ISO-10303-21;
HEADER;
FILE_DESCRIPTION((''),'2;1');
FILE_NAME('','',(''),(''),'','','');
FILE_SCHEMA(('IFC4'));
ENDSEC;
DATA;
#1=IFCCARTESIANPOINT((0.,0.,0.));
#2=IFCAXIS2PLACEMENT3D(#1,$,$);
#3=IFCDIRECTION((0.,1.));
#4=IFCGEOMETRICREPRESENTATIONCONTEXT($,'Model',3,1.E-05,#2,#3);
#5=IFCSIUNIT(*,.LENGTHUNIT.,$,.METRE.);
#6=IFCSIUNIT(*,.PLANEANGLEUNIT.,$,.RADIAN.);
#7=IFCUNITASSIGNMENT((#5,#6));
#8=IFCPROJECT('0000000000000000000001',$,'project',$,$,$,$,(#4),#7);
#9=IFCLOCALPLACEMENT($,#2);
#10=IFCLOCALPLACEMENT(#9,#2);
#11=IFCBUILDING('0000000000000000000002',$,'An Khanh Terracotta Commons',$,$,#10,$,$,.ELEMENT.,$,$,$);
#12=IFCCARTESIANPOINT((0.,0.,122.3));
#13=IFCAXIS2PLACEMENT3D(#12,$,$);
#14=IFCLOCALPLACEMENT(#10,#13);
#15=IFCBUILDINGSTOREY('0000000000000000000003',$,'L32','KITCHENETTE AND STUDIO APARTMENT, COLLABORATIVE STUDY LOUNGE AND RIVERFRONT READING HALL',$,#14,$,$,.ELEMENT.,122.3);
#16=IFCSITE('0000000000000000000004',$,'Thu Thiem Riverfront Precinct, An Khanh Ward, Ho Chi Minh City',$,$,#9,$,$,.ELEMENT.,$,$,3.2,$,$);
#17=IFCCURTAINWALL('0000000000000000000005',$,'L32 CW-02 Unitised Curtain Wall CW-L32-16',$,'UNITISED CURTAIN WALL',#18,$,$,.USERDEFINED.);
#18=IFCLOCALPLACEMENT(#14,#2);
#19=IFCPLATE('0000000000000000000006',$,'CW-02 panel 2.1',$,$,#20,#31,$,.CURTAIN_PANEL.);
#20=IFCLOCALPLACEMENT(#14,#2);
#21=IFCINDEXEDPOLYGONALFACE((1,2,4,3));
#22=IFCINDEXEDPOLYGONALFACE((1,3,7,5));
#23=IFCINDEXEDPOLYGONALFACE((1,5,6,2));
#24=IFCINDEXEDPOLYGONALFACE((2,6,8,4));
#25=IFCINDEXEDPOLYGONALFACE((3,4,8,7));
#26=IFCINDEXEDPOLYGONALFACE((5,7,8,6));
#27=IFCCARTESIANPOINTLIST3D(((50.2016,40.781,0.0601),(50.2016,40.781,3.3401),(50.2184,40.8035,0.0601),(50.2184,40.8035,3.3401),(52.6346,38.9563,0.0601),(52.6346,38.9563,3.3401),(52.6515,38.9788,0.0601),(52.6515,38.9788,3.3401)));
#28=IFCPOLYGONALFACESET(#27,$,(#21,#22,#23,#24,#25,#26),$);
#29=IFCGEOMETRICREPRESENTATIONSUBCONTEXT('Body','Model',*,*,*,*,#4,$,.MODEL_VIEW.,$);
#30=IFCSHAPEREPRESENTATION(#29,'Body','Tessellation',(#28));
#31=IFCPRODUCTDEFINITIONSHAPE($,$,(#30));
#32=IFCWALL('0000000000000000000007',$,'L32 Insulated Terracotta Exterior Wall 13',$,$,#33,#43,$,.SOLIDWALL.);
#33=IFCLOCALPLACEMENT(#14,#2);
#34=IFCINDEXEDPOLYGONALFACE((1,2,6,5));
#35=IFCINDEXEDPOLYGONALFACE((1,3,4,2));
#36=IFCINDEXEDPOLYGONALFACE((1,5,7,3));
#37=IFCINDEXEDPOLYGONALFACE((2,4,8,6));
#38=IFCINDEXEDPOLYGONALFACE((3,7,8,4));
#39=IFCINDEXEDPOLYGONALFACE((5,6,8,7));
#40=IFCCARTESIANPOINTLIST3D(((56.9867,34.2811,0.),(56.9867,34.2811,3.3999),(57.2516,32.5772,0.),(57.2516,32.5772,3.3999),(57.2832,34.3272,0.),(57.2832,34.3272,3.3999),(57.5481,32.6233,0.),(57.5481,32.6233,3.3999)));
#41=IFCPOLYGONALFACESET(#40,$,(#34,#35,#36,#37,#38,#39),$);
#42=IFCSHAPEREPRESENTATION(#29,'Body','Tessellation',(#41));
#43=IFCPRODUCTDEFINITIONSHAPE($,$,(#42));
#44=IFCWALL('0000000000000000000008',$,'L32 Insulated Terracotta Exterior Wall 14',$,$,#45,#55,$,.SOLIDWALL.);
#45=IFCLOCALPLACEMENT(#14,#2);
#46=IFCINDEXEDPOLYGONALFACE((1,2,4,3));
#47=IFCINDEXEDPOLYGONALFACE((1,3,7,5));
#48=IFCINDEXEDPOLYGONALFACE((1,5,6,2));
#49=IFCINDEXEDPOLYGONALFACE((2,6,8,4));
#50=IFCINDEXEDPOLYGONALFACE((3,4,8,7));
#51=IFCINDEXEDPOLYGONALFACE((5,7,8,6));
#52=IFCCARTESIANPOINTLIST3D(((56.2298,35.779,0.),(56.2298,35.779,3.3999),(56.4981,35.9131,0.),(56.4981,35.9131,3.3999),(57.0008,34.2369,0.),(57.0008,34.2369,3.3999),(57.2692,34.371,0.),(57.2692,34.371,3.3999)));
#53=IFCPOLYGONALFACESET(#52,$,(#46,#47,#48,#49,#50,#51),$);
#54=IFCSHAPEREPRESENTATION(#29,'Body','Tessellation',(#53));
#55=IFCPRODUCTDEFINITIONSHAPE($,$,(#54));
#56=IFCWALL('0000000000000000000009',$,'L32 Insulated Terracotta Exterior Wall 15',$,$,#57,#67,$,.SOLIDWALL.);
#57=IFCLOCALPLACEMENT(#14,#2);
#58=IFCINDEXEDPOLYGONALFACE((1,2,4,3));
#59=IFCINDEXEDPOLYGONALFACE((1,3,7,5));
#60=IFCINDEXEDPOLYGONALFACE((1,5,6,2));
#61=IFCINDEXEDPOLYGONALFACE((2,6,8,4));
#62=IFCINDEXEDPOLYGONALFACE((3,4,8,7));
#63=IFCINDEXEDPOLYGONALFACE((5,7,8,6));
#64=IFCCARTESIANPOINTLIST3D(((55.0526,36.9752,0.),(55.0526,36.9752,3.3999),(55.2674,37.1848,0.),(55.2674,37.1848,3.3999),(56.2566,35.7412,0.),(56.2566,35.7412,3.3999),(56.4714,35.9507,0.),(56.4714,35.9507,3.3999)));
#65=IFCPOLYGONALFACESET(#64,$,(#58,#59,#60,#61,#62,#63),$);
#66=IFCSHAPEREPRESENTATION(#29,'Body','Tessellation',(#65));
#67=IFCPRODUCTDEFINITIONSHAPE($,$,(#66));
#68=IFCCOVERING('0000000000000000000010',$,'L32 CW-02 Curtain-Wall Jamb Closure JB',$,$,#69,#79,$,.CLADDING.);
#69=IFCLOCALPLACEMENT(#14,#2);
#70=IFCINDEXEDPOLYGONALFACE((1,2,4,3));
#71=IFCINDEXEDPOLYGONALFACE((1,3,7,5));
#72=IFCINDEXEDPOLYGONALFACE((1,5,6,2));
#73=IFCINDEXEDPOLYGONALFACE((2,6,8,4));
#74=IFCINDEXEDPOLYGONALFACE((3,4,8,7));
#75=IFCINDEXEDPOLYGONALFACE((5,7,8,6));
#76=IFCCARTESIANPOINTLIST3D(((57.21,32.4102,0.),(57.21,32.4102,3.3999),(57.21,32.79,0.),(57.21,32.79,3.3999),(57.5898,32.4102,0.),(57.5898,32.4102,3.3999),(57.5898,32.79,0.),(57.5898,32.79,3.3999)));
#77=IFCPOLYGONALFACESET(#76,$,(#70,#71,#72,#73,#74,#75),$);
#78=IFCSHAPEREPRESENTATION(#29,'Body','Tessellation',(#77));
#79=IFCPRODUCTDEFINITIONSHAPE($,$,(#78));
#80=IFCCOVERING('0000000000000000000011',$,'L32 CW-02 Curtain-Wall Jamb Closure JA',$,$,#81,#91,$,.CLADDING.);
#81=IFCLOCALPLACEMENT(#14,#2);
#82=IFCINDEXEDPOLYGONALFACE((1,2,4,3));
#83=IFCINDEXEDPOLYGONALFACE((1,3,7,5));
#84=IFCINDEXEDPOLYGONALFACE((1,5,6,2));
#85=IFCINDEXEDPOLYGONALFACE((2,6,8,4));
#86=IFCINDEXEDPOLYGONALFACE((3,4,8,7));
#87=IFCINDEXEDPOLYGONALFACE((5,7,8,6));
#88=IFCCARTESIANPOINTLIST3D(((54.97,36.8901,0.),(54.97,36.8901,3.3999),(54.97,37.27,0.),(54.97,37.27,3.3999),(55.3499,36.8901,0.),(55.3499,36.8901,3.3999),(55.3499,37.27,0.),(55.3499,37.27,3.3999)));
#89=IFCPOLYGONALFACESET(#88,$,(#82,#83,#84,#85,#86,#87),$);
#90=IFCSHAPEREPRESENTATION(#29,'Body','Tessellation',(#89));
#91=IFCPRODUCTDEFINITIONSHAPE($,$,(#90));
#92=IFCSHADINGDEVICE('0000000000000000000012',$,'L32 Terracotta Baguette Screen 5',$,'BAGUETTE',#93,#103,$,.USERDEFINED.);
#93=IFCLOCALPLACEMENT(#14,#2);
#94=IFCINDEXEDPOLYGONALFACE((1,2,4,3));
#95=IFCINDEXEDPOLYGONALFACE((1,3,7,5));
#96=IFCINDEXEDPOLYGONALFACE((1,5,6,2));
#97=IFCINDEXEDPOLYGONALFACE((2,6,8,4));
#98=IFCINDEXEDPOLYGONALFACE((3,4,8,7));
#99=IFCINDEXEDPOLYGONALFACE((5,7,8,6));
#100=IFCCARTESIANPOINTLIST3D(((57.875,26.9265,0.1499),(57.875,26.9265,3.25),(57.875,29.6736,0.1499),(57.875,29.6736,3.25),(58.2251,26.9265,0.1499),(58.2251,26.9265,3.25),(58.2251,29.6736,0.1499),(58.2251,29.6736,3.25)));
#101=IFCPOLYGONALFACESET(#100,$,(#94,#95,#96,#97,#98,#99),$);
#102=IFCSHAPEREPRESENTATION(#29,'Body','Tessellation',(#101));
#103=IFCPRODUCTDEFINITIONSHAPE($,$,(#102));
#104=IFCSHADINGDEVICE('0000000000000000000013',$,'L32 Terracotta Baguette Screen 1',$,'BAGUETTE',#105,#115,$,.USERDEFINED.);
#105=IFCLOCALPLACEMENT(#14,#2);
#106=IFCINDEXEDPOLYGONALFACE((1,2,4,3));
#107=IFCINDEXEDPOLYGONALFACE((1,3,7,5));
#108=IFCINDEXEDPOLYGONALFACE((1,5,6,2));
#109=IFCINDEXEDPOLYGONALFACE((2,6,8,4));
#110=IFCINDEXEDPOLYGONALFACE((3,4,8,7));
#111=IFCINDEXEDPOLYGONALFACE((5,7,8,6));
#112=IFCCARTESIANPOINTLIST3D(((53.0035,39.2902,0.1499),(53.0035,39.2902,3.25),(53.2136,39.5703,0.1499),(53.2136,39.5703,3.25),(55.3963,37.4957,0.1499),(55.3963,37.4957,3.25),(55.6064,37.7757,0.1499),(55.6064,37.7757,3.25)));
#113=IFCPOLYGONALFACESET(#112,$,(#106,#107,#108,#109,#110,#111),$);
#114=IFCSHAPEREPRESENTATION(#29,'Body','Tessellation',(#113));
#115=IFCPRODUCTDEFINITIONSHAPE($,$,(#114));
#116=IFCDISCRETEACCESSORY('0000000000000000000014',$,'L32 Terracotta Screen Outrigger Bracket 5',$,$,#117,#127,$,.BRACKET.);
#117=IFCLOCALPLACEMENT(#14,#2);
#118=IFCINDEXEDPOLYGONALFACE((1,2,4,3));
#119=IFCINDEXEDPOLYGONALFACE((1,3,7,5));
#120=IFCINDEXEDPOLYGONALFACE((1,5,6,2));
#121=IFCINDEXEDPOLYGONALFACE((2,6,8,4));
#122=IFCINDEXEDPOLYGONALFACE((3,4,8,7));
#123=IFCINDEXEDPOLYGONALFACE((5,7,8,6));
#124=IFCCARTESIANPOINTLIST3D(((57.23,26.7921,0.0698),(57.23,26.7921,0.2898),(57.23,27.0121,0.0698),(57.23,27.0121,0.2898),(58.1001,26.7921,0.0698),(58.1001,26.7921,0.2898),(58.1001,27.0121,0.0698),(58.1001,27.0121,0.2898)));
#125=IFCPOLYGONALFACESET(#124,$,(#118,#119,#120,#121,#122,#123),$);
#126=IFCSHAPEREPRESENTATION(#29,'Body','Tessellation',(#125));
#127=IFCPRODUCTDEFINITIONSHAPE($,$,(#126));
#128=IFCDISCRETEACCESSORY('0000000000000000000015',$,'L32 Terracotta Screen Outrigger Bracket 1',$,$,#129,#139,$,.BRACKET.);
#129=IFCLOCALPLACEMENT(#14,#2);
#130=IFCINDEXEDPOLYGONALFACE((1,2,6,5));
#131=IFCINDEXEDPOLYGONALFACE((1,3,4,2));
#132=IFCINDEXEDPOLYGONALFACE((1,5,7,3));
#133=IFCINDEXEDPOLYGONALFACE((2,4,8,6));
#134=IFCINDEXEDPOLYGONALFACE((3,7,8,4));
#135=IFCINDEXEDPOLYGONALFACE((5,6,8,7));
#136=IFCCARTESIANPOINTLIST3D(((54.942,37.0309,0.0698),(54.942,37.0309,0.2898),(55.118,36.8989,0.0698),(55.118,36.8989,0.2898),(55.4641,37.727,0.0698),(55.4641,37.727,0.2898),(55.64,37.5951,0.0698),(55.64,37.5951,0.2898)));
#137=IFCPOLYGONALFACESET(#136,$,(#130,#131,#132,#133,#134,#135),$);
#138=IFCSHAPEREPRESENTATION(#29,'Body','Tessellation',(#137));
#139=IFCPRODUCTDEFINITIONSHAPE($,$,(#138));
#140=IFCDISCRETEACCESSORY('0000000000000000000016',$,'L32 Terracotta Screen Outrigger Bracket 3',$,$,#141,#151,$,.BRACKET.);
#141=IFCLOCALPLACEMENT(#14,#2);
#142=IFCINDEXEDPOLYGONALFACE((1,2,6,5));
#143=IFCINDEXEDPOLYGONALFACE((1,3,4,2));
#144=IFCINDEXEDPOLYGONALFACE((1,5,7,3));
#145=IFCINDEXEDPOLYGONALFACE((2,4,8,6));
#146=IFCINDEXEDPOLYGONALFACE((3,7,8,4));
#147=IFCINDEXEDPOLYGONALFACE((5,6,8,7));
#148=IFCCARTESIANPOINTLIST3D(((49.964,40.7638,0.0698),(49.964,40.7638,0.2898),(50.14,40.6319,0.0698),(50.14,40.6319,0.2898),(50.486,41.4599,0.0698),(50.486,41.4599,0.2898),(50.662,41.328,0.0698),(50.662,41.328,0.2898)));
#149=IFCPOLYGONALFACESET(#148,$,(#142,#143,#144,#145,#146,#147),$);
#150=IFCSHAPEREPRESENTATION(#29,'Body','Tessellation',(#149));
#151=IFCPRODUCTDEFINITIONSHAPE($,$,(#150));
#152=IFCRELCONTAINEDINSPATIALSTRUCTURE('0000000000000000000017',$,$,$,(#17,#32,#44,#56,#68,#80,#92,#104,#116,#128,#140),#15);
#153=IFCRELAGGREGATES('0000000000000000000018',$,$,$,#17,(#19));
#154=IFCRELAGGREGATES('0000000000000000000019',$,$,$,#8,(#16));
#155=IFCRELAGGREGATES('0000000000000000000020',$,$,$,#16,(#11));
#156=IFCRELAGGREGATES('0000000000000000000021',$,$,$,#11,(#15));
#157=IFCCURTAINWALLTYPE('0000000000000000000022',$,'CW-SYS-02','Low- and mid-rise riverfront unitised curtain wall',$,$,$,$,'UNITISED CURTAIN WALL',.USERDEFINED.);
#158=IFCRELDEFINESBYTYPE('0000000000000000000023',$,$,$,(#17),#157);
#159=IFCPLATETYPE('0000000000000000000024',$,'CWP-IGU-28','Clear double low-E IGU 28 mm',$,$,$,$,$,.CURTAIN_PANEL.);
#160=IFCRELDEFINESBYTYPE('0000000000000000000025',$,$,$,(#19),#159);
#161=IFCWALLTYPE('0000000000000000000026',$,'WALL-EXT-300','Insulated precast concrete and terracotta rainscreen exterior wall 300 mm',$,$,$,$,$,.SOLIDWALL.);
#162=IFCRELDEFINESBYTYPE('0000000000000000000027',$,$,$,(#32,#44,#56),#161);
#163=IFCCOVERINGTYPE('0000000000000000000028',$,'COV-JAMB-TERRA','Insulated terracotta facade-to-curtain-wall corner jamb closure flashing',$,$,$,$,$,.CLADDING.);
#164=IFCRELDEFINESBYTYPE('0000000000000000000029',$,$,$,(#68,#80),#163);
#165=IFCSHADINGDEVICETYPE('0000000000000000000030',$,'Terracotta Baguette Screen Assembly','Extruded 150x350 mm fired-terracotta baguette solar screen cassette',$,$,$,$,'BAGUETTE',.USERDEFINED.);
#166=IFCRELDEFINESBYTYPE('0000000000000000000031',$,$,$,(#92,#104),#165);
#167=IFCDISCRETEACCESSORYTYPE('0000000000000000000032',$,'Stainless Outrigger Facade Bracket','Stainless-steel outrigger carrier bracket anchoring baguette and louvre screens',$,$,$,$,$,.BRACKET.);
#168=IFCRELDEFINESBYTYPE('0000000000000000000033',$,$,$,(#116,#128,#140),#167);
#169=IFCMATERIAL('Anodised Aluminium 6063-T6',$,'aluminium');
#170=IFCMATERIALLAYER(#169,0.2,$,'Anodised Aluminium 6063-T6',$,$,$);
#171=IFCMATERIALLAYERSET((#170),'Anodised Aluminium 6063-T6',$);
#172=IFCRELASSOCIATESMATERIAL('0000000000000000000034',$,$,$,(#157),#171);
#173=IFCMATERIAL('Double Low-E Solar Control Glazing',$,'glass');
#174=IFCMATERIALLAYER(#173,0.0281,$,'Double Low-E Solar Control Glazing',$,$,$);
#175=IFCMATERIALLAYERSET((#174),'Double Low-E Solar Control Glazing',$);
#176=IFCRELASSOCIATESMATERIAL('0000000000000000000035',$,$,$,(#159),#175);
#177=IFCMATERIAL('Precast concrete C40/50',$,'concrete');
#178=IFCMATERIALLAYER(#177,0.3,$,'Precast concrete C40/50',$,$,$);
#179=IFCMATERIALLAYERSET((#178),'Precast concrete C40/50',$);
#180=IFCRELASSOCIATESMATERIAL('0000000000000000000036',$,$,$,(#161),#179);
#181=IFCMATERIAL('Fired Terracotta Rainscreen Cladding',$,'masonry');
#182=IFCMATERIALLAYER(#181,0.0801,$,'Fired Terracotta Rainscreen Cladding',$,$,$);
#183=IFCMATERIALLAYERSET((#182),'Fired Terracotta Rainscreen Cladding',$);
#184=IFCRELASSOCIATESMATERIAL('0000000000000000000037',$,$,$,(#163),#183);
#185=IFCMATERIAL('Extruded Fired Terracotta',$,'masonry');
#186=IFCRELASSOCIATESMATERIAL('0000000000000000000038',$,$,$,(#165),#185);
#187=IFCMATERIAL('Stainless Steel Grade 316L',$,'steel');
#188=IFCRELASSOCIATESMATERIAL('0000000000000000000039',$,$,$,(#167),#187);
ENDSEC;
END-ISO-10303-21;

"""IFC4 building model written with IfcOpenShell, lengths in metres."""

from ifc_helpers import new_model, si_unit, direction, frame, frame_2d, origin, origin_2d, place, context, subcontext, project, spatial, rectangle, extrude, material, layer, layer_set, type_object, element, aggregate, save


model = new_model("IFC4")

# Units and contexts
model_context = context("Model", 3, precision=1e-05, world=origin(), true_north=direction((0.0, 1.0)))
body_context = subcontext(model_context, "Body", "Model", "MODEL_VIEW")
ifc_project = project(units=[si_unit("LENGTHUNIT", "METRE"), si_unit("PLANEANGLEUNIT", "RADIAN")], contexts=[model_context])

# Site, building, storey
site_placement = place(None, origin())
site = spatial("IfcSite", under=ifc_project, at=site_placement, Name="Thu Thiem Riverfront Precinct, An Khanh Ward, Ho Chi Minh City", CompositionType="ELEMENT", RefElevation=3.2)
building_placement = place(site_placement, origin())
building = spatial("IfcBuilding", under=site, at=building_placement, Name="An Khanh Terracotta Commons", CompositionType="ELEMENT")
storey_placement = place(building_placement, frame((0.0, 0.0, 122.3)))
storey = spatial("IfcBuildingStorey", under=building, at=storey_placement, Name="L32", Description="KITCHENETTE AND STUDIO APARTMENT, COLLABORATIVE STUDY LOUNGE AND RIVERFRONT READING HALL", CompositionType="ELEMENT", Elevation=122.3)

# Curtain wall
ifc_material_1 = material(Name="Anodised Aluminium 6063-T6", Category="aluminium")
ifc_layer_1 = layer(ifc_material_1, 0.2, Name="Anodised Aluminium 6063-T6")
ifc_layer_set_1 = layer_set([ifc_layer_1], Name="Anodised Aluminium 6063-T6")
curtain_wall_type = type_object("IfcCurtainWallType", Name="CW-SYS-02", Description="Low- and mid-rise riverfront unitised curtain wall", ElementType="UNITISED CURTAIN WALL", PredefinedType="USERDEFINED", material=ifc_layer_set_1)
curtain_wall_1_placement = place(storey_placement, origin())
curtain_wall_1 = element("IfcCurtainWall", 1, at=curtain_wall_1_placement, inside=storey, type_object=curtain_wall_type, Name="L32 CW-02 Unitised Curtain Wall CW-L32-16", ObjectType="UNITISED CURTAIN WALL", PredefinedType="USERDEFINED")

# Plate
ifc_material_2 = material(Name="Double Low-E Solar Control Glazing", Category="glass")
ifc_layer_2 = layer(ifc_material_2, 0.0281, Name="Double Low-E Solar Control Glazing")
ifc_layer_set_2 = layer_set([ifc_layer_2], Name="Double Low-E Solar Control Glazing")
plate_type = type_object("IfcPlateType", Name="CWP-IGU-28", Description="Clear double low-E IGU 28 mm", PredefinedType="CURTAIN_PANEL", material=ifc_layer_set_2)
plate_1_placement = place(storey_placement, frame((51.4265, 39.8799, 0.0601), z_axis=(0.0, 0.0, 1.0), x_axis=(-0.800013, 0.599983, 0.0)))
plate_1 = element("IfcPlate", 2, at=plate_1_placement, type_object=plate_type, Name="CW-02 panel 2.1", PredefinedType="CURTAIN_PANEL", context=body_context, shape_type="SweptSolid", body=[
    extrude(rectangle(XDim=3.0413, YDim=0.0281, at=origin_2d()), origin(), (0.0, 0.0, 1.0), 3.28),
])
aggregate(curtain_wall_1, [plate_1])

# Walls
ifc_material_3 = material(Name="Precast concrete C40/50", Category="concrete")
ifc_layer_3 = layer(ifc_material_3, 0.3, Name="Precast concrete C40/50")
ifc_layer_set_3 = layer_set([ifc_layer_3], Name="Precast concrete C40/50")
wall_type = type_object("IfcWallType", Name="WALL-EXT-300", Description="Insulated precast concrete and terracotta rainscreen exterior wall 300 mm", PredefinedType="SOLIDWALL", material=ifc_layer_set_3)
wall_placement = place(storey_placement, frame((57.3999, 32.6001, 0.0), z_axis=(0.0, 0.0, 1.0), x_axis=(-0.153621, 0.98813, 0.0)))
element("IfcWall", 3, at=wall_placement, inside=storey, type_object=wall_type, Name="L32 Insulated Terracotta Exterior Wall 13", PredefinedType="SOLIDWALL", context=body_context, shape_type="SweptSolid", body=[
    extrude(rectangle(XDim=1.7244, YDim=0.3, at=frame_2d((0.8623, 0.0))), origin(), (0.0, 0.0, 1.0), 3.3999),
])
for number, where, z_axis, x_axis, name in (
    (4, (57.135, 34.304, 0.0), (0.0, 0.0, 1.0), (-0.447214, 0.894427, 0.0), "L32 Insulated Terracotta Exterior Wall 14"),
    (5, (56.364, 35.8459, 0.0), (0.0, 0.0, 1.0), (-0.698345, 0.715761, 0.0), "L32 Insulated Terracotta Exterior Wall 15"),
):
    element("IfcWall", number, at=place(storey_placement, frame(where, z_axis=z_axis, x_axis=x_axis)), inside=storey, type_object=wall_type, Name=name, PredefinedType="SOLIDWALL", context=body_context, shape_type="SweptSolid", body=[
        extrude(rectangle(XDim=1.7241, YDim=0.3, at=frame_2d((0.8621, 0.0))), origin(), (0.0, 0.0, 1.0), 3.3999),
    ])

# Coverings
ifc_material_4 = material(Name="Fired Terracotta Rainscreen Cladding", Category="masonry")
ifc_layer_4 = layer(ifc_material_4, 0.0801, Name="Fired Terracotta Rainscreen Cladding")
ifc_layer_set_4 = layer_set([ifc_layer_4], Name="Fired Terracotta Rainscreen Cladding")
covering_type = type_object("IfcCoveringType", Name="COV-JAMB-TERRA", Description="Insulated terracotta facade-to-curtain-wall corner jamb closure flashing", PredefinedType="CLADDING", material=ifc_layer_set_4)
for number, where, z_axis, x_axis, name in (
    (6, (57.3999, 32.6001, 0.0), (0.0, 0.0, 1.0), (1.0, 0.0, 0.0), "L32 CW-02 Curtain-Wall Jamb Closure JB"),
    (7, (55.1599, 37.0801, 0.0), (0.0, 0.0, 1.0), (1.0, 0.0, 0.0), "L32 CW-02 Curtain-Wall Jamb Closure JA"),
):
    element("IfcCovering", number, at=place(storey_placement, frame(where, z_axis=z_axis, x_axis=x_axis)), inside=storey, type_object=covering_type, Name=name, PredefinedType="CLADDING", context=body_context, shape_type="SweptSolid", body=[
        extrude(rectangle(XDim=0.3799, YDim=0.3799, at=origin_2d()), origin(), (0.0, 0.0, 1.0), 3.3999),
    ])

# Shading devices
ifc_material_5 = material(Name="Extruded Fired Terracotta", Category="masonry")
shading_device_type = type_object("IfcShadingDeviceType", Name="Terracotta Baguette Screen Assembly", Description="Extruded 150x350 mm fired-terracotta baguette solar screen cassette", ElementType="BAGUETTE", PredefinedType="USERDEFINED", material=ifc_material_5)
shading_device_1_placement = place(storey_placement, frame((58.05, 28.3, 0.1499), z_axis=(0.0, 0.0, 1.0), x_axis=(0.0, 1.0, 0.0)))
element("IfcShadingDevice", 8, at=shading_device_1_placement, inside=storey, type_object=shading_device_type, Name="L32 Terracotta Baguette Screen 5", ObjectType="BAGUETTE", PredefinedType="USERDEFINED", context=body_context, shape_type="SweptSolid", body=[
    extrude(rectangle(XDim=2.7471, YDim=0.3501, at=origin_2d()), origin(), (0.0, 0.0, 1.0), 3.1001),
])
shading_device_2_placement = place(storey_placement, frame((54.3049, 38.533, 0.1499), z_axis=(0.0, 0.0, 1.0), x_axis=(-0.800013, 0.599983, 0.0)))
element("IfcShadingDevice", 9, at=shading_device_2_placement, inside=storey, type_object=shading_device_type, Name="L32 Terracotta Baguette Screen 1", ObjectType="BAGUETTE", PredefinedType="USERDEFINED", context=body_context, shape_type="SweptSolid", body=[
    extrude(rectangle(XDim=2.991, YDim=0.3501, at=origin_2d()), origin(), (0.0, 0.0, 1.0), 3.1001),
])

# Discrete accessories
ifc_material_6 = material(Name="Stainless Steel Grade 316L", Category="steel")
discrete_accessory_type = type_object("IfcDiscreteAccessoryType", Name="Stainless Outrigger Facade Bracket", Description="Stainless-steel outrigger carrier bracket anchoring baguette and louvre screens", PredefinedType="BRACKET", material=ifc_material_6)
for number, where, z_axis, x_axis, name in (
    (10, (57.665, 26.9021, 0.0698), (0.0, 0.0, 1.0), (0.0, 1.0, 0.0), "L32 Terracotta Screen Outrigger Bracket 5"),
    (11, (55.291, 37.313, 0.0698), (0.0, 0.0, 1.0), (-0.800013, 0.599983, 0.0), "L32 Terracotta Screen Outrigger Bracket 1"),
    (12, (50.313, 41.0459, 0.0698), (0.0, 0.0, 1.0), (-0.800013, 0.599983, 0.0), "L32 Terracotta Screen Outrigger Bracket 3"),
):
    element("IfcDiscreteAccessory", number, at=place(storey_placement, frame(where, z_axis=z_axis, x_axis=x_axis)), inside=storey, type_object=discrete_accessory_type, Name=name, PredefinedType="BRACKET", context=body_context, shape_type="SweptSolid", body=[
        extrude(rectangle(XDim=0.22, YDim=0.8701, at=origin_2d()), origin(), (0.0, 0.0, 1.0), 0.22),
    ])

save(model, "model.ifc")
